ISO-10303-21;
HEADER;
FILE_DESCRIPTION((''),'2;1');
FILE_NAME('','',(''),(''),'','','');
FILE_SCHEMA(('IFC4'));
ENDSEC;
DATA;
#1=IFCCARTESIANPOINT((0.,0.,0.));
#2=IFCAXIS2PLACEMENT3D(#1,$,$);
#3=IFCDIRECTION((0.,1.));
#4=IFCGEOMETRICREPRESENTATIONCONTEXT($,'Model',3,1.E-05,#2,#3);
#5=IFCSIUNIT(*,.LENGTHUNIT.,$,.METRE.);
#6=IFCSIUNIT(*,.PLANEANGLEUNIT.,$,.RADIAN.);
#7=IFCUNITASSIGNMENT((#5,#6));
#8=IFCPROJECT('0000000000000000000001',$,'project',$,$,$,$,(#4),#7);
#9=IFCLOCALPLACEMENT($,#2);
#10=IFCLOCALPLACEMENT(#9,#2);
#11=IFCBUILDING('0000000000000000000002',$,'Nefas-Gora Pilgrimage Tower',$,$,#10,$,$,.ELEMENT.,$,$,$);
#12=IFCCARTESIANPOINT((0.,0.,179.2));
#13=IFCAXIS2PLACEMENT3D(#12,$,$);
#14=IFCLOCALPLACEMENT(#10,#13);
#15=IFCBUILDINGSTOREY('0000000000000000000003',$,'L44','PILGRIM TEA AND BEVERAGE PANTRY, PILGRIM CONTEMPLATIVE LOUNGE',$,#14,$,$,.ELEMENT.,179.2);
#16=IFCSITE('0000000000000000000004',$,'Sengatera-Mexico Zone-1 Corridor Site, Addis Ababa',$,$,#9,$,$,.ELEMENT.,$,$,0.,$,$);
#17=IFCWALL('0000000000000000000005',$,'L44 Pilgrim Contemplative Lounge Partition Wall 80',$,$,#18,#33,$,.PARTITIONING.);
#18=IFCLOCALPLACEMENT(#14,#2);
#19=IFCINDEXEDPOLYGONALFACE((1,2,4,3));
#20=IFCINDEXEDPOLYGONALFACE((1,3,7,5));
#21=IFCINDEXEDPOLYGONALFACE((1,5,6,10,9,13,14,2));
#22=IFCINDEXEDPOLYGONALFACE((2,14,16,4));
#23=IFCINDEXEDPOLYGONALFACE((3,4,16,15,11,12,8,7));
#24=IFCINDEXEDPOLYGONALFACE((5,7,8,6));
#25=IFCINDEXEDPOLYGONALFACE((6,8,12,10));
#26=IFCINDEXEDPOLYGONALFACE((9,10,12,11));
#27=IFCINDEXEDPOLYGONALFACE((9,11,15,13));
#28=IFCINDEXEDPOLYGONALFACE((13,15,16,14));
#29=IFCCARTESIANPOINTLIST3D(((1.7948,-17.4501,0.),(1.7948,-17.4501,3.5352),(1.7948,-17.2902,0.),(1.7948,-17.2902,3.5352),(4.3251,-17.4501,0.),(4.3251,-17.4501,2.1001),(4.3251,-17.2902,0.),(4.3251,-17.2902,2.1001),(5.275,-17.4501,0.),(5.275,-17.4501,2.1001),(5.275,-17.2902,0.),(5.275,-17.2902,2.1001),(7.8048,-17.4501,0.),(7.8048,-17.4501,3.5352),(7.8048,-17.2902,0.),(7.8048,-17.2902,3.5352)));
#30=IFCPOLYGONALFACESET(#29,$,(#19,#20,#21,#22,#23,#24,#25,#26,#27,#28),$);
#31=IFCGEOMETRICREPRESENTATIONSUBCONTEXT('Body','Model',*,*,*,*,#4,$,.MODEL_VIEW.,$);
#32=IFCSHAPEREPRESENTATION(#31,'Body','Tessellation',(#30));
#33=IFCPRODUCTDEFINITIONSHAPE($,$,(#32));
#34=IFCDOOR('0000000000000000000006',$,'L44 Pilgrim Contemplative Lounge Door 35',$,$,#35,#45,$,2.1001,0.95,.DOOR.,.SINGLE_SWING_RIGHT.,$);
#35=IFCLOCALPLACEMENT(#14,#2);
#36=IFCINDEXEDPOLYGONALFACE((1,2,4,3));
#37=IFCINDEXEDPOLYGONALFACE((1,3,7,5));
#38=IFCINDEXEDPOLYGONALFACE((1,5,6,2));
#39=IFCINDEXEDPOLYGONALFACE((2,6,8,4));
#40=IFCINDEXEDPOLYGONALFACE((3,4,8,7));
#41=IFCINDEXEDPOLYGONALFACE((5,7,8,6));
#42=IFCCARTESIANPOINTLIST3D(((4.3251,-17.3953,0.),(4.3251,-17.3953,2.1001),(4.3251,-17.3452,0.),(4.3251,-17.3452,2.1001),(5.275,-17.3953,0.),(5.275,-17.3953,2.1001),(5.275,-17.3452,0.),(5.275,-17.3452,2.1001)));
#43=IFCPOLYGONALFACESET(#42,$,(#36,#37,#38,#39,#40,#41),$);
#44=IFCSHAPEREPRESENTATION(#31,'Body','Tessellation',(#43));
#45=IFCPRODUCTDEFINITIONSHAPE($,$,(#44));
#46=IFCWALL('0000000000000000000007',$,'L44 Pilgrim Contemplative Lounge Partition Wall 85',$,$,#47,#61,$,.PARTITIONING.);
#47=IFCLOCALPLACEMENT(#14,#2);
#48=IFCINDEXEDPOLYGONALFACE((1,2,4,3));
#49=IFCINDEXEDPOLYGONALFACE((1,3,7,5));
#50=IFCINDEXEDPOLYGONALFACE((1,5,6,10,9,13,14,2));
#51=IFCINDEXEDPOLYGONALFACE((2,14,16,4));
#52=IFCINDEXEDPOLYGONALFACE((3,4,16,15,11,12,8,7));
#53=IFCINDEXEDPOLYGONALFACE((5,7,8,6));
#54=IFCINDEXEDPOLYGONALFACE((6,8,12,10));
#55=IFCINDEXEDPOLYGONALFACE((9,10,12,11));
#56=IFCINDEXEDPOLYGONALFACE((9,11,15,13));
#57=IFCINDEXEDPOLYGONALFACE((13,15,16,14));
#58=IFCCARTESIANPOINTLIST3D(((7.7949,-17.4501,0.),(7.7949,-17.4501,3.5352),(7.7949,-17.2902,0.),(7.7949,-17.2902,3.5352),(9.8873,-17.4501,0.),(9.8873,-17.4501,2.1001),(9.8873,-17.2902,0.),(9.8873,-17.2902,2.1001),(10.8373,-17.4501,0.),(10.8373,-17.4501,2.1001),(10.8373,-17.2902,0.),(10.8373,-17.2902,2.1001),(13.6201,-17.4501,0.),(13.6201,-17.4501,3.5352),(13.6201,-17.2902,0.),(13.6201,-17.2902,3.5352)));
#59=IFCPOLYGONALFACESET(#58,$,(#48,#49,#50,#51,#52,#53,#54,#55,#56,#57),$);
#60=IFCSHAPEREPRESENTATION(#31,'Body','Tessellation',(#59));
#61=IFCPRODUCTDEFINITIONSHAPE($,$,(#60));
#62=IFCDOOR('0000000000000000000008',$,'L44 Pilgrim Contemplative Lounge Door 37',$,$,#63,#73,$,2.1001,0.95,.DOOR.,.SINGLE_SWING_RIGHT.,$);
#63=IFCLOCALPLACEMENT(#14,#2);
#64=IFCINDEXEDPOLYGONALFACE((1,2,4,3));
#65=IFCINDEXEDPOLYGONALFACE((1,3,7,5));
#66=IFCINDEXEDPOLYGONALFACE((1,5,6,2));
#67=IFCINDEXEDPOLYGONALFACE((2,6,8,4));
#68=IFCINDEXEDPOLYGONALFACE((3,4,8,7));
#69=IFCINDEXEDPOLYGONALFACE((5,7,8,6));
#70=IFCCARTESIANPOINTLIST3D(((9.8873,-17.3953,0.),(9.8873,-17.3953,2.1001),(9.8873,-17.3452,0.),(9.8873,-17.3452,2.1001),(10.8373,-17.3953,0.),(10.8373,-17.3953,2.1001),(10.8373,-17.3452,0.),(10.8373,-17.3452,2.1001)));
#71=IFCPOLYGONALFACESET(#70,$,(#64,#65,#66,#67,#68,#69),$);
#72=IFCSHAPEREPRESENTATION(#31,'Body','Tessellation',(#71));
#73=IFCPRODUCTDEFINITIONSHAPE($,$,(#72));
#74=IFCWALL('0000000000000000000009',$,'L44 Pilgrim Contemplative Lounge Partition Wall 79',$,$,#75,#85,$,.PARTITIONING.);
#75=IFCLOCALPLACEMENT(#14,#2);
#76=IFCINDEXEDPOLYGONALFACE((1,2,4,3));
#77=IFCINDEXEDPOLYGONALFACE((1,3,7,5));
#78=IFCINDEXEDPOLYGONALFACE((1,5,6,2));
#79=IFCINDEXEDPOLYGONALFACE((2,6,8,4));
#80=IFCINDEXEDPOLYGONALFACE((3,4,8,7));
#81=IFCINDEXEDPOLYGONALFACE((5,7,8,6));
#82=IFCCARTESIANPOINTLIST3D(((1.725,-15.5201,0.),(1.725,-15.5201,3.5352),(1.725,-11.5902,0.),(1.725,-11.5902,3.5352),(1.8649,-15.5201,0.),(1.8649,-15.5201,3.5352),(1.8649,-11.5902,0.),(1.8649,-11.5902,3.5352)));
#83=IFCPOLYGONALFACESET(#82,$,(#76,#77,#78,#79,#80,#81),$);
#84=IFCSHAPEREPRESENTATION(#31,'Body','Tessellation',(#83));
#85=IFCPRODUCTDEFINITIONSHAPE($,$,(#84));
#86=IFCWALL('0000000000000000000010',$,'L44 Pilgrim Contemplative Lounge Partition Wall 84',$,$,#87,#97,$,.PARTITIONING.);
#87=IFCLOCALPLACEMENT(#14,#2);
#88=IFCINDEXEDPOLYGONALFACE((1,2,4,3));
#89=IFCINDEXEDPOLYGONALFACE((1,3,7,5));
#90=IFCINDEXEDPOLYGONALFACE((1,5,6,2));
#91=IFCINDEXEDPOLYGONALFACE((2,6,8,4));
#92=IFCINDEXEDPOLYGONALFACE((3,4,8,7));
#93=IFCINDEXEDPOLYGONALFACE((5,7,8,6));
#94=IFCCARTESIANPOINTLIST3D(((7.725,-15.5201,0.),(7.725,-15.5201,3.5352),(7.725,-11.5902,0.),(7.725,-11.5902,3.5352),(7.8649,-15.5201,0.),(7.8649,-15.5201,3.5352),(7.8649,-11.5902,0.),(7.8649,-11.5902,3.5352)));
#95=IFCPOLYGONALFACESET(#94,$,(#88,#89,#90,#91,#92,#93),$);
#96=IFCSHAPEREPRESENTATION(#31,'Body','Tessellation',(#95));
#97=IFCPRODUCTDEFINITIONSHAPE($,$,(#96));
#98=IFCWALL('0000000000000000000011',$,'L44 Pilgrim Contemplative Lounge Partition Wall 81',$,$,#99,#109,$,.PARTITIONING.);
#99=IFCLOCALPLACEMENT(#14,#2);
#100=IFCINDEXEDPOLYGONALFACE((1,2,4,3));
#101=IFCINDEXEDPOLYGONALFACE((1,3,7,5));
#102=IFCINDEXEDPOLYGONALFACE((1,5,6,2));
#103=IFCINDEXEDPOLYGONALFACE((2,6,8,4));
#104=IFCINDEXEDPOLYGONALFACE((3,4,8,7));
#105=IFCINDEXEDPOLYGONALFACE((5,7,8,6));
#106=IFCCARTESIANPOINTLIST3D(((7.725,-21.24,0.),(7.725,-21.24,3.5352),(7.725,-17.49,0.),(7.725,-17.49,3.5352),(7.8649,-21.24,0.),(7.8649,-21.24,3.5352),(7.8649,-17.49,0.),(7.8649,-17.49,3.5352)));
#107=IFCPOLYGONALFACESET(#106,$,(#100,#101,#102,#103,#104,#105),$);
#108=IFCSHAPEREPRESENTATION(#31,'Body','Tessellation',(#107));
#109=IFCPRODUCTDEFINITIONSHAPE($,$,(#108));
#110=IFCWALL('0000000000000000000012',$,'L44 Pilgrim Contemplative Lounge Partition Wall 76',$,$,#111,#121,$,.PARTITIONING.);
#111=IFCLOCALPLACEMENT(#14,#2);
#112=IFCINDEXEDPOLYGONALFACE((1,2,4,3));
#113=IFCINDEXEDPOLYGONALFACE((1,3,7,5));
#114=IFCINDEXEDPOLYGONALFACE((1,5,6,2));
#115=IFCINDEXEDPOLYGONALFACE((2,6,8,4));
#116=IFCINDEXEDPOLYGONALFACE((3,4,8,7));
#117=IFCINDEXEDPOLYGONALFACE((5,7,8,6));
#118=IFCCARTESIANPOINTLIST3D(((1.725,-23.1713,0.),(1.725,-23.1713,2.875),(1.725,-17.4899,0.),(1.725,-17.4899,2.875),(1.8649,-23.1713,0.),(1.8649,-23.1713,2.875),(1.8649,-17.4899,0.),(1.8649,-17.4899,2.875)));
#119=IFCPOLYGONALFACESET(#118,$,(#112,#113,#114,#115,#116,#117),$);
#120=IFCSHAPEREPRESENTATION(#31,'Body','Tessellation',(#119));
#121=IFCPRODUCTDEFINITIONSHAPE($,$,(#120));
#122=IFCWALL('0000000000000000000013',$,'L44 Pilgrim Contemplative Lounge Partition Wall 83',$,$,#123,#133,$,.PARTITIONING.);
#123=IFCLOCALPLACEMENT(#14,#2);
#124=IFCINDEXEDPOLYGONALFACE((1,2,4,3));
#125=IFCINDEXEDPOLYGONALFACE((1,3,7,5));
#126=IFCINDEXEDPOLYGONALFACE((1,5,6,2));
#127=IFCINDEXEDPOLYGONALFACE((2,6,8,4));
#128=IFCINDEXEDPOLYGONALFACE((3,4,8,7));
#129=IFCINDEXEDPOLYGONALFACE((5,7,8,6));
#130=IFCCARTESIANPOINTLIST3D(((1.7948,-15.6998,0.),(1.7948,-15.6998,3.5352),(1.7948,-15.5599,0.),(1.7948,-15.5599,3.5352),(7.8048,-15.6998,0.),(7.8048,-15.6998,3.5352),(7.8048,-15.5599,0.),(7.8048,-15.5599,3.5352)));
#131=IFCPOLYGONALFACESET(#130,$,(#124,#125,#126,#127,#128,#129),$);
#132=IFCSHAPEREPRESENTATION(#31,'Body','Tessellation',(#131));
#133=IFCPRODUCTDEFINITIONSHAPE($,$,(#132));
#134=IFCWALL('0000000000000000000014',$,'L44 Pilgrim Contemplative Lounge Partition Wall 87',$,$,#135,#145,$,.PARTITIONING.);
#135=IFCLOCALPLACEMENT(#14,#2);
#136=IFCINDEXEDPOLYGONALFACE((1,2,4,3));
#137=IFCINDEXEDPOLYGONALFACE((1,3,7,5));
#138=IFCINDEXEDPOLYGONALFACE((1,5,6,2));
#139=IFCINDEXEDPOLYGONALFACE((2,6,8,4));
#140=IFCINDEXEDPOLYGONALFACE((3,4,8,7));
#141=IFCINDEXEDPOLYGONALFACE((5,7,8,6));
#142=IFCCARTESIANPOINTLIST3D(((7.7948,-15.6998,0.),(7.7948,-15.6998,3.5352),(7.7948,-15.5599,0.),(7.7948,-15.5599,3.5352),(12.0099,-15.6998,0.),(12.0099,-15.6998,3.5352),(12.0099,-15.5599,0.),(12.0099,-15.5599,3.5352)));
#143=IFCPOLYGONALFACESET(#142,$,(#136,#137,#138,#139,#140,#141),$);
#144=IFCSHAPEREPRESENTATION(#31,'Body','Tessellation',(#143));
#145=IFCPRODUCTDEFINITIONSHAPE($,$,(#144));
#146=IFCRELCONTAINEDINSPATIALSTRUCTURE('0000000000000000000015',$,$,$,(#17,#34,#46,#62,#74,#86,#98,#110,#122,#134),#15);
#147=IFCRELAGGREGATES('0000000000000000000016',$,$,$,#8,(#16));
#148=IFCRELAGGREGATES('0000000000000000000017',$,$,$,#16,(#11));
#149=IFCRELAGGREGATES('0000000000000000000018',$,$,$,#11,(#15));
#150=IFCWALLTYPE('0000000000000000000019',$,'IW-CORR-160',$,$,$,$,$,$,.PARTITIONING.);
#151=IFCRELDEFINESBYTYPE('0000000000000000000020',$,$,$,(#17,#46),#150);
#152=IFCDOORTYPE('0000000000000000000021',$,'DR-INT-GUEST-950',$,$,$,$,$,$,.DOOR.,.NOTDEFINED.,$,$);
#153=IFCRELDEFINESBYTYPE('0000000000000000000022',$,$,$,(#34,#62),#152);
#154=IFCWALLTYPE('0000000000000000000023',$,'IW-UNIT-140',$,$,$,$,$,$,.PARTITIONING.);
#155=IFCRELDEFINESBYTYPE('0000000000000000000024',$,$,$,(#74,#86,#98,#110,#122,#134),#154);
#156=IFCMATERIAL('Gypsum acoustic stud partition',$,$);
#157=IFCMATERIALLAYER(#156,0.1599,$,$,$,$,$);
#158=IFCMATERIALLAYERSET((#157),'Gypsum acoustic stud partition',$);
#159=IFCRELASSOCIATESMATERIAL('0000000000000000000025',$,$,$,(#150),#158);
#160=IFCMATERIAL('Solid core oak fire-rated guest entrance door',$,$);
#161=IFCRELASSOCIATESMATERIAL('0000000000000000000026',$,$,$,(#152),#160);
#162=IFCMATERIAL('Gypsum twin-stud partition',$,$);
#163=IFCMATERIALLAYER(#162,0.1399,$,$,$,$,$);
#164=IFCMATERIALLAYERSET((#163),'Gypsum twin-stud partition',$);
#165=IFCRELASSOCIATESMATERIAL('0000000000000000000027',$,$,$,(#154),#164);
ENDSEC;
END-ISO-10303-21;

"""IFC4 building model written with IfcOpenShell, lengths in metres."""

from ifc_helpers import new_model, si_unit, direction, frame, frame_2d, origin, place, context, subcontext, project, spatial, rectangle, extrude, source, transform, mapped, material, layer, layer_set, type_object, element, fill, save


model = new_model("IFC4")

# Units and contexts
model_context = context("Model", 3, precision=1e-05, world=origin(), true_north=direction((0.0, 1.0)))
body_context = subcontext(model_context, "Body", "Model", "MODEL_VIEW")
ifc_project = project(units=[si_unit("LENGTHUNIT", "METRE"), si_unit("PLANEANGLEUNIT", "RADIAN")], contexts=[model_context])

# Site, building, storey
site_placement = place(None, origin())
site = spatial("IfcSite", under=ifc_project, at=site_placement, Name="Sengatera-Mexico Zone-1 Corridor Site, Addis Ababa", CompositionType="ELEMENT", RefElevation=0.0)
building_placement = place(site_placement, origin())
building = spatial("IfcBuilding", under=site, at=building_placement, Name="Nefas-Gora Pilgrimage Tower", CompositionType="ELEMENT")
storey_placement = place(building_placement, frame((0.0, 0.0, 179.2)))
storey = spatial("IfcBuildingStorey", under=building, at=storey_placement, Name="L44", Description="PILGRIM TEA AND BEVERAGE PANTRY, PILGRIM CONTEMPLATIVE LOUNGE", CompositionType="ELEMENT", Elevation=179.2)

# Walls, openings, doors
ifc_material_1 = material(Name="Gypsum acoustic stud partition")
ifc_layer_1 = layer(ifc_material_1, 0.1599)
ifc_layer_set_1 = layer_set([ifc_layer_1], Name="Gypsum acoustic stud partition")
wall_type_1 = type_object("IfcWallType", Name="IW-CORR-160", PredefinedType="PARTITIONING", material=ifc_layer_set_1)
shared_shape_1 = source(origin(), body_context, "Body", "SweptSolid", [
    extrude(rectangle(XDim=6.01, YDim=0.1599, at=frame_2d((3.0049, 0.0))), origin(), (0.0, 0.0, 1.0), 3.5352),
])
wall_1_placement = place(storey_placement, frame((1.7949, -17.3701, 0.0), z_axis=(0.0, 0.0, 1.0), x_axis=(1.0, 0.0, 0.0)))
wall_1 = element("IfcWall", 1, at=wall_1_placement, inside=storey, type_object=wall_type_1, Name="L44 Pilgrim Contemplative Lounge Partition Wall 80", PredefinedType="PARTITIONING", context=body_context, shape_type="MappedRepresentation", body=[
    mapped(shared_shape_1, transform((0.0, 0.0, 0.0), x_axis=(1.0, 0.0, 0.0), y_axis=(0.0, 1.0, 0.0), z_axis=(0.0, 0.0, 1.0), scale=1.0)),
])
opening_1_placement = place(wall_1_placement, frame((2.53, 0.0, 0.0)))
opening_1 = element("IfcOpeningElement", 2, at=opening_1_placement, cuts=wall_1, PredefinedType="OPENING", context=body_context, shape_type="SweptSolid", body=[
    extrude(rectangle(XDim=0.95, YDim=2.1001, at=frame_2d((0.4751, 1.05))), frame((0.0, 0.0898, 0.0), z_axis=(0.0, -1.0, 0.0), x_axis=(1.0, 0.0, 0.0)), (0.0, 0.0, 1.0), 0.1799),
])
ifc_material_2 = material(Name="Solid core oak fire-rated guest entrance door")
door_type = type_object("IfcDoorType", Name="DR-INT-GUEST-950", OperationType="NOTDEFINED", PredefinedType="DOOR", material=ifc_material_2)
shared_shape_2 = source(origin(), body_context, "Body", "SweptSolid", [
    extrude(rectangle(XDim=0.95, YDim=2.1001, at=frame_2d((0.4751, 1.05))), frame((0.0, 0.0249, 0.0), z_axis=(0.0, -1.0, 0.0), x_axis=(1.0, 0.0, 0.0)), (0.0, 0.0, 1.0), 0.05),
])
door_1_placement = place(opening_1_placement, origin())
door_1 = element("IfcDoor", 3, at=door_1_placement, inside=storey, type_object=door_type, Name="L44 Pilgrim Contemplative Lounge Door 35", OperationType="SINGLE_SWING_RIGHT", OverallHeight=2.1001, OverallWidth=0.95, PredefinedType="DOOR", context=body_context, shape_type="MappedRepresentation", body=[
    mapped(shared_shape_2, transform((0.0, 0.0, 0.0), x_axis=(1.0, 0.0, 0.0), y_axis=(0.0, 1.0, 0.0), z_axis=(0.0, 0.0, 1.0), scale=1.0)),
])
fill(opening_1, door_1)
shared_shape_3 = source(origin(), body_context, "Body", "SweptSolid", [
    extrude(rectangle(XDim=5.8252, YDim=0.1599, at=frame_2d((2.9126, 0.0))), origin(), (0.0, 0.0, 1.0), 3.5352),
])
wall_2_placement = place(storey_placement, frame((7.7949, -17.3701, 0.0), z_axis=(0.0, 0.0, 1.0), x_axis=(1.0, 0.0, 0.0)))
wall_2 = element("IfcWall", 4, at=wall_2_placement, inside=storey, type_object=wall_type_1, Name="L44 Pilgrim Contemplative Lounge Partition Wall 85", PredefinedType="PARTITIONING", context=body_context, shape_type="MappedRepresentation", body=[
    mapped(shared_shape_3, transform((0.0, 0.0, 0.0), x_axis=(1.0, 0.0, 0.0), y_axis=(0.0, 1.0, 0.0), z_axis=(0.0, 0.0, 1.0), scale=1.0)),
])
opening_2_placement = place(wall_2_placement, frame((2.0923, 0.0, 0.0)))
opening_2 = element("IfcOpeningElement", 5, at=opening_2_placement, cuts=wall_2, PredefinedType="OPENING", context=body_context, shape_type="SweptSolid", body=[
    extrude(rectangle(XDim=0.95, YDim=2.1001, at=frame_2d((0.4751, 1.05))), frame((0.0, 0.0898, 0.0), z_axis=(0.0, -1.0, 0.0), x_axis=(1.0, 0.0, 0.0)), (0.0, 0.0, 1.0), 0.1799),
])
door_2_placement = place(opening_2_placement, origin())
door_2 = element("IfcDoor", 6, at=door_2_placement, inside=storey, type_object=door_type, Name="L44 Pilgrim Contemplative Lounge Door 37", OperationType="SINGLE_SWING_RIGHT", OverallHeight=2.1001, OverallWidth=0.95, PredefinedType="DOOR", context=body_context, shape_type="MappedRepresentation", body=[
    mapped(shared_shape_2, transform((0.0, 0.0, 0.0), x_axis=(1.0, 0.0, 0.0), y_axis=(0.0, 1.0, 0.0), z_axis=(0.0, 0.0, 1.0), scale=1.0)),
])
fill(opening_2, door_2)

# Walls
ifc_material_3 = material(Name="Gypsum twin-stud partition")
ifc_layer_2 = layer(ifc_material_3, 0.1399)
ifc_layer_set_2 = layer_set([ifc_layer_2], Name="Gypsum twin-stud partition")
wall_type_2 = type_object("IfcWallType", Name="IW-UNIT-140", PredefinedType="PARTITIONING", material=ifc_layer_set_2)
shared_shape_4 = source(origin(), body_context, "Body", "SweptSolid", [
    extrude(rectangle(XDim=3.9299, YDim=0.1399, at=frame_2d((1.9648, 0.0))), origin(), (0.0, 0.0, 1.0), 3.5352),
])
for number, where, z_axis, x_axis, name in (
    (7, (1.7949, -15.52, 0.0), (0.0, 0.0, 1.0), (0.0, 1.0, 0.0), "L44 Pilgrim Contemplative Lounge Partition Wall 79"),
    (8, (7.7949, -15.52, 0.0), (0.0, 0.0, 1.0), (0.0, 1.0, 0.0), "L44 Pilgrim Contemplative Lounge Partition Wall 84"),
):
    element("IfcWall", number, at=place(storey_placement, frame(where, z_axis=z_axis, x_axis=x_axis)), inside=storey, type_object=wall_type_2, Name=name, PredefinedType="PARTITIONING", context=body_context, shape_type="MappedRepresentation", body=[
        mapped(shared_shape_4, transform((0.0, 0.0, 0.0), x_axis=(1.0, 0.0, 0.0), y_axis=(0.0, 1.0, 0.0), z_axis=(0.0, 0.0, 1.0), scale=1.0)),
    ])
shared_shape_5 = source(origin(), body_context, "Body", "SweptSolid", [
    extrude(rectangle(XDim=3.75, YDim=0.1399, at=frame_2d((1.875, 0.0))), origin(), (0.0, 0.0, 1.0), 3.5352),
])
wall_3_placement = place(storey_placement, frame((7.7949, -21.24, 0.0), z_axis=(0.0, 0.0, 1.0), x_axis=(0.0, 1.0, 0.0)))
element("IfcWall", 9, at=wall_3_placement, inside=storey, type_object=wall_type_2, Name="L44 Pilgrim Contemplative Lounge Partition Wall 81", PredefinedType="PARTITIONING", context=body_context, shape_type="MappedRepresentation", body=[
    mapped(shared_shape_5, transform((0.0, 0.0, 0.0), x_axis=(1.0, 0.0, 0.0), y_axis=(0.0, 1.0, 0.0), z_axis=(0.0, 0.0, 1.0), scale=1.0)),
])
shared_shape_6 = source(origin(), body_context, "Body", "SweptSolid", [
    extrude(rectangle(XDim=5.6814, YDim=0.1399, at=frame_2d((2.8408, 0.0))), origin(), (0.0, 0.0, 1.0), 2.875),
])
wall_4_placement = place(storey_placement, frame((1.7949, -23.1714, 0.0), z_axis=(0.0, 0.0, 1.0), x_axis=(0.0, 1.0, 0.0)))
element("IfcWall", 10, at=wall_4_placement, inside=storey, type_object=wall_type_2, Name="L44 Pilgrim Contemplative Lounge Partition Wall 76", PredefinedType="PARTITIONING", context=body_context, shape_type="MappedRepresentation", body=[
    mapped(shared_shape_6, transform((0.0, 0.0, 0.0), x_axis=(1.0, 0.0, 0.0), y_axis=(0.0, 1.0, 0.0), z_axis=(0.0, 0.0, 1.0), scale=1.0)),
])
shared_shape_7 = source(origin(), body_context, "Body", "SweptSolid", [
    extrude(rectangle(XDim=6.01, YDim=0.1399, at=frame_2d((3.0049, 0.0))), origin(), (0.0, 0.0, 1.0), 3.5352),
])
wall_5_placement = place(storey_placement, frame((1.7949, -15.6299, 0.0), z_axis=(0.0, 0.0, 1.0), x_axis=(1.0, 0.0, 0.0)))
element("IfcWall", 11, at=wall_5_placement, inside=storey, type_object=wall_type_2, Name="L44 Pilgrim Contemplative Lounge Partition Wall 83", PredefinedType="PARTITIONING", context=body_context, shape_type="MappedRepresentation", body=[
    mapped(shared_shape_7, transform((0.0, 0.0, 0.0), x_axis=(1.0, 0.0, 0.0), y_axis=(0.0, 1.0, 0.0), z_axis=(0.0, 0.0, 1.0), scale=1.0)),
])
shared_shape_8 = source(origin(), body_context, "Body", "SweptSolid", [
    extrude(rectangle(XDim=4.2151, YDim=0.1399, at=frame_2d((2.1074, 0.0))), origin(), (0.0, 0.0, 1.0), 3.5352),
])
wall_6_placement = place(storey_placement, frame((7.7949, -15.6299, 0.0), z_axis=(0.0, 0.0, 1.0), x_axis=(1.0, 0.0, 0.0)))
element("IfcWall", 12, at=wall_6_placement, inside=storey, type_object=wall_type_2, Name="L44 Pilgrim Contemplative Lounge Partition Wall 87", PredefinedType="PARTITIONING", context=body_context, shape_type="MappedRepresentation", body=[
    mapped(shared_shape_8, transform((0.0, 0.0, 0.0), x_axis=(1.0, 0.0, 0.0), y_axis=(0.0, 1.0, 0.0), z_axis=(0.0, 0.0, 1.0), scale=1.0)),
])

save(model, "model.ifc")
